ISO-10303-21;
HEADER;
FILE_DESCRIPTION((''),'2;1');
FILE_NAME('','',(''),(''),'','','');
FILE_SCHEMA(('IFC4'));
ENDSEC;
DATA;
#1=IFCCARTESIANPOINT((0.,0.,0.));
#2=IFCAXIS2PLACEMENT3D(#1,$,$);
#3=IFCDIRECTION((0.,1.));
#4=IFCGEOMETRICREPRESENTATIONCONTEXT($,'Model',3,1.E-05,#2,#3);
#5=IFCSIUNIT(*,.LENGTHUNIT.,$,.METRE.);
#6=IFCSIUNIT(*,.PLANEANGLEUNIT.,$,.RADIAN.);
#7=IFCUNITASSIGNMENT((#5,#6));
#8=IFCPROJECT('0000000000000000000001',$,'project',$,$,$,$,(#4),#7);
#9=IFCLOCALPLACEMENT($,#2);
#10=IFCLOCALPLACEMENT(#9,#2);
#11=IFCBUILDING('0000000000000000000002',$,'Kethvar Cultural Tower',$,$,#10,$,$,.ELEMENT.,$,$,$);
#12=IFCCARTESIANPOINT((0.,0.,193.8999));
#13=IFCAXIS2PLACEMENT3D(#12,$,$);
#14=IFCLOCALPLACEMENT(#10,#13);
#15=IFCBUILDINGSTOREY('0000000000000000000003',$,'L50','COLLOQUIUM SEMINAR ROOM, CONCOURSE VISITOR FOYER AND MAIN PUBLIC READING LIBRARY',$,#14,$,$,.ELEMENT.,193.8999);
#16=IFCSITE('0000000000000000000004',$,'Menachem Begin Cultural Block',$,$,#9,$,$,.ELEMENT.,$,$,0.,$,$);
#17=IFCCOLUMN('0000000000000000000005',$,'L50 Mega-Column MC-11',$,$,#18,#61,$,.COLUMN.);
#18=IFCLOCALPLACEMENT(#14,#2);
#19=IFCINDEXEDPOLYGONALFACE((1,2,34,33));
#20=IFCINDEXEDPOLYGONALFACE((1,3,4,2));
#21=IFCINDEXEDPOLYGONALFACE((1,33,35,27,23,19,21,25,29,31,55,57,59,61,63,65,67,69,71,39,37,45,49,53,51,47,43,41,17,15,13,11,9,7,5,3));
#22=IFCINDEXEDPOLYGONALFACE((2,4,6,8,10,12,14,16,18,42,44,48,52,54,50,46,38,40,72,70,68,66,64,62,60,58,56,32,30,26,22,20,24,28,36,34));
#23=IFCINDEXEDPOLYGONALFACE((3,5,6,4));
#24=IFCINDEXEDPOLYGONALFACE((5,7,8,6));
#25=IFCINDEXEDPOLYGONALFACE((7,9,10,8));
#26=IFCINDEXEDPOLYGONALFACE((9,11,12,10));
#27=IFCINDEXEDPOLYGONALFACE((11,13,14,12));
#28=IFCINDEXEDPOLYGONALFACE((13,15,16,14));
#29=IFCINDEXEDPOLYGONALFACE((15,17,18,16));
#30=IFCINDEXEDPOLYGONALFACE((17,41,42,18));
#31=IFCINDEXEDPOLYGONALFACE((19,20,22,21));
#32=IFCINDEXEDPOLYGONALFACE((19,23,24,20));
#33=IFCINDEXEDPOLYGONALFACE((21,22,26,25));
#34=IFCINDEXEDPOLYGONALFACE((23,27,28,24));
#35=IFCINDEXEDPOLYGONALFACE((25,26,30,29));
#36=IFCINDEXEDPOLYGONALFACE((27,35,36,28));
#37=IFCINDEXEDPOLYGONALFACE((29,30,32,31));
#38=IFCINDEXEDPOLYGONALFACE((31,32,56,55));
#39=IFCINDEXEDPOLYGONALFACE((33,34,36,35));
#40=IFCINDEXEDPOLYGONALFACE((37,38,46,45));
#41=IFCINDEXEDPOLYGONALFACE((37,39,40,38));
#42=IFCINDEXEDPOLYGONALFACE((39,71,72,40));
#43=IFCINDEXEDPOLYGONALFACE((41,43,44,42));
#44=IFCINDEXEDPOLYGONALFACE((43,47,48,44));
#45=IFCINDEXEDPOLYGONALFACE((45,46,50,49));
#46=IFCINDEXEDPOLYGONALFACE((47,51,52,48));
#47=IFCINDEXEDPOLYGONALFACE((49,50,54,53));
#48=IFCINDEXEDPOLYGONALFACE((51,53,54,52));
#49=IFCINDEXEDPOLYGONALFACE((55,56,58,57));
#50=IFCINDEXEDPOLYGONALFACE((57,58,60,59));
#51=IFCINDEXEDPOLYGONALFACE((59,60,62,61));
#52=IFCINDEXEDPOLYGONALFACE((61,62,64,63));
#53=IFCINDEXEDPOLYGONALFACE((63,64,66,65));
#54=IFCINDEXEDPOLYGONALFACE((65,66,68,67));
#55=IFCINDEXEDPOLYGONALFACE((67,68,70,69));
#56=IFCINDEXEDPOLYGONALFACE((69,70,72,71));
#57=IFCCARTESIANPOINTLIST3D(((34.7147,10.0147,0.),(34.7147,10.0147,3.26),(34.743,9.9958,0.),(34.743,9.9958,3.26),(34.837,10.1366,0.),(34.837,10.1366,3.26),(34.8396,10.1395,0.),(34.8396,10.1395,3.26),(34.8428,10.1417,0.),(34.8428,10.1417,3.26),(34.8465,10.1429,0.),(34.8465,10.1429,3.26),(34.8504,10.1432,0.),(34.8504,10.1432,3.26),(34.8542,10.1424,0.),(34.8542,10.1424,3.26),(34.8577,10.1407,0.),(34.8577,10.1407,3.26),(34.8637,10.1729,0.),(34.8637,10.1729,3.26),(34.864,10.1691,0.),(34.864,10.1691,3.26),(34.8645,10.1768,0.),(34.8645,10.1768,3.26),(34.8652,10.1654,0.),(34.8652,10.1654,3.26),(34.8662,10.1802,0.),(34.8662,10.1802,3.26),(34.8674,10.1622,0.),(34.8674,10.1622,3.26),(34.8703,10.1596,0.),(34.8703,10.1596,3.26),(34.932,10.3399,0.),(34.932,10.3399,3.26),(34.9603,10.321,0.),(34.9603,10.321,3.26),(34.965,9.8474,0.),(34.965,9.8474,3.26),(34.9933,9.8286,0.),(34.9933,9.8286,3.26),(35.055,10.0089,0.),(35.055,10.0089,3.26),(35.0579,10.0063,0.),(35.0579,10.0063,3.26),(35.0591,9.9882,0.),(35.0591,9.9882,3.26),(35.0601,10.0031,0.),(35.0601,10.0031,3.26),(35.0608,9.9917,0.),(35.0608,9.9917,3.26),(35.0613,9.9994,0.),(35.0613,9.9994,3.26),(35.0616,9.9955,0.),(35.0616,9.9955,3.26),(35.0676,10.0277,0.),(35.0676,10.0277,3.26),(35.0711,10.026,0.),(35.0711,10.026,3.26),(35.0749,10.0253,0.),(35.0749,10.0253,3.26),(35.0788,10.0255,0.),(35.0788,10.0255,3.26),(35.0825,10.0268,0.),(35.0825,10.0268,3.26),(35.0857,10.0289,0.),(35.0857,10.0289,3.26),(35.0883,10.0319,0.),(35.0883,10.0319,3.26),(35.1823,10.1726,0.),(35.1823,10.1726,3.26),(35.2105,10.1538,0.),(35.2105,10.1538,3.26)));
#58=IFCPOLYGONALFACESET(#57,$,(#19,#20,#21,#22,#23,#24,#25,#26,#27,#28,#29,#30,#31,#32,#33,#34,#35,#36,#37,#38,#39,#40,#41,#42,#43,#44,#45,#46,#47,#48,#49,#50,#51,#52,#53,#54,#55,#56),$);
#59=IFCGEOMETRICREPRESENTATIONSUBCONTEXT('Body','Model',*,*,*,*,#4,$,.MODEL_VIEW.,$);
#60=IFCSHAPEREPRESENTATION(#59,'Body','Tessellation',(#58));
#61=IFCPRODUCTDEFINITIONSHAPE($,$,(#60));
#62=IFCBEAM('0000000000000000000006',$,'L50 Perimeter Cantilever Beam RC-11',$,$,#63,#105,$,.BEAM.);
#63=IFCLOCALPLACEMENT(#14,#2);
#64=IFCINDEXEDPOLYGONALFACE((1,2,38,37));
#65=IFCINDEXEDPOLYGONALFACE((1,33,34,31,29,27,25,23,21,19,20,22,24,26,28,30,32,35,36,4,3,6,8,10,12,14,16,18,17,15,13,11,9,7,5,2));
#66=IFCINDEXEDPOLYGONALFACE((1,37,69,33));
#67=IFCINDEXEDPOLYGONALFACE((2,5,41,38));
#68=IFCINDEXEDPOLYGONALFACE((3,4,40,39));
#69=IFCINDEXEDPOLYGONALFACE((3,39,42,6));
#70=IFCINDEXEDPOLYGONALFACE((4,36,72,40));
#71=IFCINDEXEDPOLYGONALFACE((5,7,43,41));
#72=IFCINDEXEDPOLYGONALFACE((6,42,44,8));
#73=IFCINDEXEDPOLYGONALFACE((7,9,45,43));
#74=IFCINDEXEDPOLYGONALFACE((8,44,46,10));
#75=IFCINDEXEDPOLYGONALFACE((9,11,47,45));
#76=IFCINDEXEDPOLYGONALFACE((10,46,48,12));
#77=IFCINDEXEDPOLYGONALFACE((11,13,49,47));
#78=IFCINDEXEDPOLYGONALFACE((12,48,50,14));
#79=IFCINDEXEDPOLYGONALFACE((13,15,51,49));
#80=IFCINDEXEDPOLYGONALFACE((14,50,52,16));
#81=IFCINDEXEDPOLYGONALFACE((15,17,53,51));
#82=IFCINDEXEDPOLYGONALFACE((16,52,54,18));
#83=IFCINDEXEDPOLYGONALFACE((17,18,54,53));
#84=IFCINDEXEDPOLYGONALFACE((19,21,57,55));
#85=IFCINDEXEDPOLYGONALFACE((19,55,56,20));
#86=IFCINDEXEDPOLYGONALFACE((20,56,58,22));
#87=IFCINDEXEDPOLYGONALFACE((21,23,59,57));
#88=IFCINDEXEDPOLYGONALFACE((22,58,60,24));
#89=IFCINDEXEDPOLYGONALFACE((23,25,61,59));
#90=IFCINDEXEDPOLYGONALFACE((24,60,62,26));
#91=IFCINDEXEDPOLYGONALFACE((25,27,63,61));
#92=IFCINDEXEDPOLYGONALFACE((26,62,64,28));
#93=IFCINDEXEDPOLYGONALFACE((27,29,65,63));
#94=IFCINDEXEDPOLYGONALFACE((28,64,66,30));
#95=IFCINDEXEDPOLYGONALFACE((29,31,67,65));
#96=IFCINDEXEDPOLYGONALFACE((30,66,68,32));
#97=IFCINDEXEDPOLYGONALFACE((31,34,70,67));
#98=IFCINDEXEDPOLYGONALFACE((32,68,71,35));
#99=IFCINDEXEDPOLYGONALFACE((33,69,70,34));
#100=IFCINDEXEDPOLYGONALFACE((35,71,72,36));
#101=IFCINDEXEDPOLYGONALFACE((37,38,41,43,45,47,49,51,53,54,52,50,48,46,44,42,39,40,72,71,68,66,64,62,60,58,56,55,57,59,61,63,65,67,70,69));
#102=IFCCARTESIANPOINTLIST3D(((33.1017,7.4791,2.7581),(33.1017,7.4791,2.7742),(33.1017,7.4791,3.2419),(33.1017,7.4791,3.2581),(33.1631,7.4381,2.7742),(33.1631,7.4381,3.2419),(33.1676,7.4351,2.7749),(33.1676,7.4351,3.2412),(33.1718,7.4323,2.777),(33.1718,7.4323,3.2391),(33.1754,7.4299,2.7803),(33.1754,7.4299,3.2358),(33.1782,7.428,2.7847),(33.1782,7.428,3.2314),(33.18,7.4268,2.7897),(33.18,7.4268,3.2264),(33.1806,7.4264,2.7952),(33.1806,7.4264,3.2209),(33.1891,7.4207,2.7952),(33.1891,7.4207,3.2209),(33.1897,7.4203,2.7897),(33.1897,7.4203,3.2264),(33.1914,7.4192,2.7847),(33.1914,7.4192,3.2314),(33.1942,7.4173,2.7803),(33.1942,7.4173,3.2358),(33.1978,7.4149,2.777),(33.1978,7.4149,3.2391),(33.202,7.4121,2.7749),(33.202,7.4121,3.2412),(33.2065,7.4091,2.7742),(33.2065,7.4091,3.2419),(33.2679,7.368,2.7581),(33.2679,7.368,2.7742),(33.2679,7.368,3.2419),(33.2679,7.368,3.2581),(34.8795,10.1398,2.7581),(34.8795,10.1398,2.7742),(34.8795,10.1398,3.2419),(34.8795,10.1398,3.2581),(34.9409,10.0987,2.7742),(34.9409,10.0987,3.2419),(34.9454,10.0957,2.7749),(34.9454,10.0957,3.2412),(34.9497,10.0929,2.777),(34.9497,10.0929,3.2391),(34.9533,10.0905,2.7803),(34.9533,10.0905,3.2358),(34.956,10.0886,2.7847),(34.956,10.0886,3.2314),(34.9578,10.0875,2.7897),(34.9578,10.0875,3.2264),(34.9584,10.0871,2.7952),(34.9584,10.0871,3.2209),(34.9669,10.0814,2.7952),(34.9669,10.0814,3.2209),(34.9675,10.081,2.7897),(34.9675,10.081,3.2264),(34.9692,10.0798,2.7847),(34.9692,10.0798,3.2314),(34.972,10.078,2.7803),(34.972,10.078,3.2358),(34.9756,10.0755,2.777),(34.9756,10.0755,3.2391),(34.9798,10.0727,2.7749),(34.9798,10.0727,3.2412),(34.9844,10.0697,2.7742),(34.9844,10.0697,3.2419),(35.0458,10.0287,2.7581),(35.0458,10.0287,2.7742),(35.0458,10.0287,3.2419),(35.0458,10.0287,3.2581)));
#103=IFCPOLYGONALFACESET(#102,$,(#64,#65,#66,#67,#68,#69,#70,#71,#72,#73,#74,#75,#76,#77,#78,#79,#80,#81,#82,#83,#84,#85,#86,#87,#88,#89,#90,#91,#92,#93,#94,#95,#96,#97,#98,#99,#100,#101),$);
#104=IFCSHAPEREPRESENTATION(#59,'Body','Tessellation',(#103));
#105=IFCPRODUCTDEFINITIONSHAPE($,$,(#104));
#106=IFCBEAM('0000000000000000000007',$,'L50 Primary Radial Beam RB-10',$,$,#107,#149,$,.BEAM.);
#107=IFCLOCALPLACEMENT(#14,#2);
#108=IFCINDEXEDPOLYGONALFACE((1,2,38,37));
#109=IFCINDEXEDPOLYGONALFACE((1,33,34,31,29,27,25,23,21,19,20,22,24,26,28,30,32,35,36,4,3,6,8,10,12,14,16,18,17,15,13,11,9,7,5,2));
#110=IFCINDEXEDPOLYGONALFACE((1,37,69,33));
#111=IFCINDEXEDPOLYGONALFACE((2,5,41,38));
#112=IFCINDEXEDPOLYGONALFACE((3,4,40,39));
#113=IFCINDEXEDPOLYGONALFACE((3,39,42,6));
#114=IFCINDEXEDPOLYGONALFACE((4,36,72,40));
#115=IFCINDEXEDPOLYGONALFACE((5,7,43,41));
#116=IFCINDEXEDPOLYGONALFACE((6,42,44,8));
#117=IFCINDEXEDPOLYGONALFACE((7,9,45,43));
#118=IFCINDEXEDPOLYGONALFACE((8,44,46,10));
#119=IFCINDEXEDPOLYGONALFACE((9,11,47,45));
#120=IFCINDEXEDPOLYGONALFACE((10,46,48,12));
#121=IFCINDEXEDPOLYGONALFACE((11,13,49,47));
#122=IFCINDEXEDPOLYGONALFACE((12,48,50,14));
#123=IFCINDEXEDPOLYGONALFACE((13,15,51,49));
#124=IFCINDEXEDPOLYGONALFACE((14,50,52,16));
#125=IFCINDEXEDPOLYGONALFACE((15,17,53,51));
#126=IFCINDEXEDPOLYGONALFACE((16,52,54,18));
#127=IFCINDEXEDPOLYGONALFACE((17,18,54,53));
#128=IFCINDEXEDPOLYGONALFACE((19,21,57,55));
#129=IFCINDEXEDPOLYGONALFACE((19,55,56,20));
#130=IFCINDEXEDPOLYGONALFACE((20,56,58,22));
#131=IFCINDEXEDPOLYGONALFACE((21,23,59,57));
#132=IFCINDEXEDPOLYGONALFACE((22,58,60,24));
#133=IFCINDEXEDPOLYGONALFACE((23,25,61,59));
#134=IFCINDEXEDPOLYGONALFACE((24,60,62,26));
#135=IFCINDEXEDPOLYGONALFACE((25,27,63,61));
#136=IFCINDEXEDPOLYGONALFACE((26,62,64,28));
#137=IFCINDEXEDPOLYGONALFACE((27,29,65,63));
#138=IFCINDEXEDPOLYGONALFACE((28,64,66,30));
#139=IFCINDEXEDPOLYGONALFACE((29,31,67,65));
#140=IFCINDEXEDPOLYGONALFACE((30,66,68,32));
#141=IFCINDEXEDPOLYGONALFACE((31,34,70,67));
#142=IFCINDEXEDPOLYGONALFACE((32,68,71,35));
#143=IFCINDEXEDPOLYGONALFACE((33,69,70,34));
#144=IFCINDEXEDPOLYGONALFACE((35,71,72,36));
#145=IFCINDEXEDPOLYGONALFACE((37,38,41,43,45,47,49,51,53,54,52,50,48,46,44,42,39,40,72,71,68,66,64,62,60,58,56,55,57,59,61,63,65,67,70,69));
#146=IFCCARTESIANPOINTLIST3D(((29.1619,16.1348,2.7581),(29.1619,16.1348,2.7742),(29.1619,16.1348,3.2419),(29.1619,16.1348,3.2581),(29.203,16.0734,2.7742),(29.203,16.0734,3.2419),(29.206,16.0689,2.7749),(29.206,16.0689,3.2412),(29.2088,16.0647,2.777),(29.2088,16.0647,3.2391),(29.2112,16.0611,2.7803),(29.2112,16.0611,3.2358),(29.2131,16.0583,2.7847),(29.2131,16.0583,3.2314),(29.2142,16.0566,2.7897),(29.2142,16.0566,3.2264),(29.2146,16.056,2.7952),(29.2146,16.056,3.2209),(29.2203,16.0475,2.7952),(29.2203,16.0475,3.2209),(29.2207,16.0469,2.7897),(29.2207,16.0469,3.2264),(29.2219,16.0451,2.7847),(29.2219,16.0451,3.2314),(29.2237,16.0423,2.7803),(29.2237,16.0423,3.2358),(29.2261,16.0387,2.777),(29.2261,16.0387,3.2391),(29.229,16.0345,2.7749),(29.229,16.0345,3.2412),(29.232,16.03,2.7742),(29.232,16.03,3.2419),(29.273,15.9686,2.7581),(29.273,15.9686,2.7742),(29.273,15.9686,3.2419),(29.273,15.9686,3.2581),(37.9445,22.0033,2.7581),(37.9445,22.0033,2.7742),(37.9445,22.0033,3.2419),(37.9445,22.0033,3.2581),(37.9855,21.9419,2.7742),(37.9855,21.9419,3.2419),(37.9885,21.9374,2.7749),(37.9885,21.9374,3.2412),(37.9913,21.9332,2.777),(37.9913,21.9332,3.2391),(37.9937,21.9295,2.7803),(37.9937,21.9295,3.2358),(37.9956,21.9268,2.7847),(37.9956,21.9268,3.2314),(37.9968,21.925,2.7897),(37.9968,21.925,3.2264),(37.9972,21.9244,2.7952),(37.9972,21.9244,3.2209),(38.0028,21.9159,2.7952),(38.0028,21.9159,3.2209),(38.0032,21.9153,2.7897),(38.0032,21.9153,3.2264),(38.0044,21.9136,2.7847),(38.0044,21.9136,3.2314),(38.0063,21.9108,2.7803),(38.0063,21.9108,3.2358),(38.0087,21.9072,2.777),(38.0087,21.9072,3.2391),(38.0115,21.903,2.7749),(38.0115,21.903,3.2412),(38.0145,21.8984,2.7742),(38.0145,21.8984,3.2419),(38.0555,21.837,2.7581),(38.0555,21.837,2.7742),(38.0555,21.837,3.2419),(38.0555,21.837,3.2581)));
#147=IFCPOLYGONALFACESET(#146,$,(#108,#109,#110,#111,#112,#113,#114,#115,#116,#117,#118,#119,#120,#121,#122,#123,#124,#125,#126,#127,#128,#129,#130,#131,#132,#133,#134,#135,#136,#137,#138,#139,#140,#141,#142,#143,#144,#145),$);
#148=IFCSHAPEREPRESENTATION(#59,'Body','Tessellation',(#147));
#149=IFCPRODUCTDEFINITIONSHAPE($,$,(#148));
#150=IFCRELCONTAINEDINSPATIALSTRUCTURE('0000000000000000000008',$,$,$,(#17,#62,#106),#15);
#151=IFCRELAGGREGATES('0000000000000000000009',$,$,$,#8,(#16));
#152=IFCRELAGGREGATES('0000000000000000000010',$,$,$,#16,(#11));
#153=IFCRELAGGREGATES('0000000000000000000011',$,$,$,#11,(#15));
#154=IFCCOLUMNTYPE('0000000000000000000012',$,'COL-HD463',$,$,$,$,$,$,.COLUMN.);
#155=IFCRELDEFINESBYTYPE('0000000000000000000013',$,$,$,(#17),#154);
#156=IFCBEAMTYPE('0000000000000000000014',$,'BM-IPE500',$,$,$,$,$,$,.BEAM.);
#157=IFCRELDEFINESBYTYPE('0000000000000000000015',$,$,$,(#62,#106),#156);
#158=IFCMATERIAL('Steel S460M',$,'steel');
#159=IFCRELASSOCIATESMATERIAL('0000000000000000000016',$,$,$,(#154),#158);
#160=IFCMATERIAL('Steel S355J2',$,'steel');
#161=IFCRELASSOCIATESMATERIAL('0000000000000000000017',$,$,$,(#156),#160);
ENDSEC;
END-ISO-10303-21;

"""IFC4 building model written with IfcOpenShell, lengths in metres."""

from ifc_helpers import new_model, si_unit, direction, frame, origin, origin_2d, place, context, subcontext, project, spatial, i_section, extrude, source, transform, mapped, material, material_profile, profile_set, type_object, element, save


model = new_model("IFC4")

# Units and contexts
model_context = context("Model", 3, precision=1e-05, world=origin(), true_north=direction((0.0, 1.0)))
body_context = subcontext(model_context, "Body", "Model", "MODEL_VIEW")
ifc_project = project(units=[si_unit("LENGTHUNIT", "METRE"), si_unit("PLANEANGLEUNIT", "RADIAN")], contexts=[model_context])

# Site, building, storey
site_placement = place(None, origin())
site = spatial("IfcSite", under=ifc_project, at=site_placement, Name="Menachem Begin Cultural Block", CompositionType="ELEMENT", RefElevation=0.0)
building_placement = place(site_placement, origin())
building = spatial("IfcBuilding", under=site, at=building_placement, Name="Kethvar Cultural Tower", CompositionType="ELEMENT")
storey_placement = place(building_placement, frame((0.0, 0.0, 193.8999)))
storey = spatial("IfcBuildingStorey", under=building, at=storey_placement, Name="L50", Description="COLLOQUIUM SEMINAR ROOM, CONCOURSE VISITOR FOYER AND MAIN PUBLIC READING LIBRARY", CompositionType="ELEMENT", Elevation=193.8999)

# Column
ifc_material_1 = material(Name="Steel S460M", Category="steel")
ifc_material_profile_1 = material_profile(ifc_material_1, i_section(OverallWidth=0.3911, OverallDepth=0.335, WebThickness=0.0227, FlangeThickness=0.0339, FilletRadius=0.0149, at=origin_2d()), Name="Steel S460M — HD400x463")
ifc_profile_set_1 = profile_set([ifc_material_profile_1], Name="Steel S460M — HD400x463")
column_type = type_object("IfcColumnType", Name="COL-HD463", PredefinedType="COLUMN", material=ifc_profile_set_1)
shared_shape_1 = source(origin(), body_context, "Body", "SweptSolid", [
    extrude(i_section(OverallWidth=0.3911, OverallDepth=0.335, WebThickness=0.0227, FlangeThickness=0.0339, FilletRadius=0.0149, at=origin_2d()), origin(), (0.0, 0.0, 1.0), 3.26),
])
column_placement = place(storey_placement, frame((34.9626, 10.0842, 0.0), z_axis=(0.0, 0.0, 1.0), x_axis=(-0.55557, -0.83147, 0.0)))
element("IfcColumn", 1, at=column_placement, inside=storey, type_object=column_type, Name="L50 Mega-Column MC-11", PredefinedType="COLUMN", context=body_context, shape_type="MappedRepresentation", body=[
    mapped(shared_shape_1, transform((0.0, 0.0, 0.0), scale=1.0)),
])

# Beams
ifc_material_2 = material(Name="Steel S355J2", Category="steel")
ifc_material_profile_2 = material_profile(ifc_material_2, i_section(OverallWidth=0.2, OverallDepth=0.5, WebThickness=0.0103, FlangeThickness=0.0161, FilletRadius=0.021, at=origin_2d()), Name="Steel S355J2 — IPE500")
ifc_profile_set_2 = profile_set([ifc_material_profile_2], Name="Steel S355J2 — IPE500")
beam_type_1 = type_object("IfcBeamType", Name="BM-IPE500", PredefinedType="BEAM", material=ifc_profile_set_2)
shared_shape_2 = source(origin(), body_context, "Body", "SweptSolid", [
    extrude(i_section(OverallWidth=0.2, OverallDepth=0.5, WebThickness=0.0103, FlangeThickness=0.0161, FilletRadius=0.021, at=origin_2d()), origin(), (0.0, 0.0, 1.0), 3.2),
])
beam_1_placement = place(storey_placement, frame((34.9626, 10.0842, 3.0081), z_axis=(-0.55558, -0.831463, 0.0), x_axis=(0.831463, -0.55558, 0.0)))
element("IfcBeam", 2, at=beam_1_placement, inside=storey, type_object=beam_type_1, Name="L50 Perimeter Cantilever Beam RC-11", PredefinedType="BEAM", context=body_context, shape_type="MappedRepresentation", body=[
    mapped(shared_shape_2, transform((0.0, 0.0, 0.0), scale=1.0)),
])
shared_shape_3 = source(origin(), body_context, "Body", "SweptSolid", [
    extrude(i_section(OverallWidth=0.2, OverallDepth=0.5, WebThickness=0.0103, FlangeThickness=0.0161, FilletRadius=0.021, at=origin_2d()), origin(), (0.0, 0.0, 1.0), 10.5627),
])
beam_2_placement = place(storey_placement, frame((38.0, 21.9202, 3.0081), z_axis=(-0.831463, -0.55558, 0.0), x_axis=(0.55558, -0.831463, 0.0)))
element("IfcBeam", 3, at=beam_2_placement, inside=storey, type_object=beam_type_1, Name="L50 Primary Radial Beam RB-10", PredefinedType="BEAM", context=body_context, shape_type="MappedRepresentation", body=[
    mapped(shared_shape_3, transform((0.0, 0.0, 0.0), scale=1.0)),
])

save(model, "model.ifc")
